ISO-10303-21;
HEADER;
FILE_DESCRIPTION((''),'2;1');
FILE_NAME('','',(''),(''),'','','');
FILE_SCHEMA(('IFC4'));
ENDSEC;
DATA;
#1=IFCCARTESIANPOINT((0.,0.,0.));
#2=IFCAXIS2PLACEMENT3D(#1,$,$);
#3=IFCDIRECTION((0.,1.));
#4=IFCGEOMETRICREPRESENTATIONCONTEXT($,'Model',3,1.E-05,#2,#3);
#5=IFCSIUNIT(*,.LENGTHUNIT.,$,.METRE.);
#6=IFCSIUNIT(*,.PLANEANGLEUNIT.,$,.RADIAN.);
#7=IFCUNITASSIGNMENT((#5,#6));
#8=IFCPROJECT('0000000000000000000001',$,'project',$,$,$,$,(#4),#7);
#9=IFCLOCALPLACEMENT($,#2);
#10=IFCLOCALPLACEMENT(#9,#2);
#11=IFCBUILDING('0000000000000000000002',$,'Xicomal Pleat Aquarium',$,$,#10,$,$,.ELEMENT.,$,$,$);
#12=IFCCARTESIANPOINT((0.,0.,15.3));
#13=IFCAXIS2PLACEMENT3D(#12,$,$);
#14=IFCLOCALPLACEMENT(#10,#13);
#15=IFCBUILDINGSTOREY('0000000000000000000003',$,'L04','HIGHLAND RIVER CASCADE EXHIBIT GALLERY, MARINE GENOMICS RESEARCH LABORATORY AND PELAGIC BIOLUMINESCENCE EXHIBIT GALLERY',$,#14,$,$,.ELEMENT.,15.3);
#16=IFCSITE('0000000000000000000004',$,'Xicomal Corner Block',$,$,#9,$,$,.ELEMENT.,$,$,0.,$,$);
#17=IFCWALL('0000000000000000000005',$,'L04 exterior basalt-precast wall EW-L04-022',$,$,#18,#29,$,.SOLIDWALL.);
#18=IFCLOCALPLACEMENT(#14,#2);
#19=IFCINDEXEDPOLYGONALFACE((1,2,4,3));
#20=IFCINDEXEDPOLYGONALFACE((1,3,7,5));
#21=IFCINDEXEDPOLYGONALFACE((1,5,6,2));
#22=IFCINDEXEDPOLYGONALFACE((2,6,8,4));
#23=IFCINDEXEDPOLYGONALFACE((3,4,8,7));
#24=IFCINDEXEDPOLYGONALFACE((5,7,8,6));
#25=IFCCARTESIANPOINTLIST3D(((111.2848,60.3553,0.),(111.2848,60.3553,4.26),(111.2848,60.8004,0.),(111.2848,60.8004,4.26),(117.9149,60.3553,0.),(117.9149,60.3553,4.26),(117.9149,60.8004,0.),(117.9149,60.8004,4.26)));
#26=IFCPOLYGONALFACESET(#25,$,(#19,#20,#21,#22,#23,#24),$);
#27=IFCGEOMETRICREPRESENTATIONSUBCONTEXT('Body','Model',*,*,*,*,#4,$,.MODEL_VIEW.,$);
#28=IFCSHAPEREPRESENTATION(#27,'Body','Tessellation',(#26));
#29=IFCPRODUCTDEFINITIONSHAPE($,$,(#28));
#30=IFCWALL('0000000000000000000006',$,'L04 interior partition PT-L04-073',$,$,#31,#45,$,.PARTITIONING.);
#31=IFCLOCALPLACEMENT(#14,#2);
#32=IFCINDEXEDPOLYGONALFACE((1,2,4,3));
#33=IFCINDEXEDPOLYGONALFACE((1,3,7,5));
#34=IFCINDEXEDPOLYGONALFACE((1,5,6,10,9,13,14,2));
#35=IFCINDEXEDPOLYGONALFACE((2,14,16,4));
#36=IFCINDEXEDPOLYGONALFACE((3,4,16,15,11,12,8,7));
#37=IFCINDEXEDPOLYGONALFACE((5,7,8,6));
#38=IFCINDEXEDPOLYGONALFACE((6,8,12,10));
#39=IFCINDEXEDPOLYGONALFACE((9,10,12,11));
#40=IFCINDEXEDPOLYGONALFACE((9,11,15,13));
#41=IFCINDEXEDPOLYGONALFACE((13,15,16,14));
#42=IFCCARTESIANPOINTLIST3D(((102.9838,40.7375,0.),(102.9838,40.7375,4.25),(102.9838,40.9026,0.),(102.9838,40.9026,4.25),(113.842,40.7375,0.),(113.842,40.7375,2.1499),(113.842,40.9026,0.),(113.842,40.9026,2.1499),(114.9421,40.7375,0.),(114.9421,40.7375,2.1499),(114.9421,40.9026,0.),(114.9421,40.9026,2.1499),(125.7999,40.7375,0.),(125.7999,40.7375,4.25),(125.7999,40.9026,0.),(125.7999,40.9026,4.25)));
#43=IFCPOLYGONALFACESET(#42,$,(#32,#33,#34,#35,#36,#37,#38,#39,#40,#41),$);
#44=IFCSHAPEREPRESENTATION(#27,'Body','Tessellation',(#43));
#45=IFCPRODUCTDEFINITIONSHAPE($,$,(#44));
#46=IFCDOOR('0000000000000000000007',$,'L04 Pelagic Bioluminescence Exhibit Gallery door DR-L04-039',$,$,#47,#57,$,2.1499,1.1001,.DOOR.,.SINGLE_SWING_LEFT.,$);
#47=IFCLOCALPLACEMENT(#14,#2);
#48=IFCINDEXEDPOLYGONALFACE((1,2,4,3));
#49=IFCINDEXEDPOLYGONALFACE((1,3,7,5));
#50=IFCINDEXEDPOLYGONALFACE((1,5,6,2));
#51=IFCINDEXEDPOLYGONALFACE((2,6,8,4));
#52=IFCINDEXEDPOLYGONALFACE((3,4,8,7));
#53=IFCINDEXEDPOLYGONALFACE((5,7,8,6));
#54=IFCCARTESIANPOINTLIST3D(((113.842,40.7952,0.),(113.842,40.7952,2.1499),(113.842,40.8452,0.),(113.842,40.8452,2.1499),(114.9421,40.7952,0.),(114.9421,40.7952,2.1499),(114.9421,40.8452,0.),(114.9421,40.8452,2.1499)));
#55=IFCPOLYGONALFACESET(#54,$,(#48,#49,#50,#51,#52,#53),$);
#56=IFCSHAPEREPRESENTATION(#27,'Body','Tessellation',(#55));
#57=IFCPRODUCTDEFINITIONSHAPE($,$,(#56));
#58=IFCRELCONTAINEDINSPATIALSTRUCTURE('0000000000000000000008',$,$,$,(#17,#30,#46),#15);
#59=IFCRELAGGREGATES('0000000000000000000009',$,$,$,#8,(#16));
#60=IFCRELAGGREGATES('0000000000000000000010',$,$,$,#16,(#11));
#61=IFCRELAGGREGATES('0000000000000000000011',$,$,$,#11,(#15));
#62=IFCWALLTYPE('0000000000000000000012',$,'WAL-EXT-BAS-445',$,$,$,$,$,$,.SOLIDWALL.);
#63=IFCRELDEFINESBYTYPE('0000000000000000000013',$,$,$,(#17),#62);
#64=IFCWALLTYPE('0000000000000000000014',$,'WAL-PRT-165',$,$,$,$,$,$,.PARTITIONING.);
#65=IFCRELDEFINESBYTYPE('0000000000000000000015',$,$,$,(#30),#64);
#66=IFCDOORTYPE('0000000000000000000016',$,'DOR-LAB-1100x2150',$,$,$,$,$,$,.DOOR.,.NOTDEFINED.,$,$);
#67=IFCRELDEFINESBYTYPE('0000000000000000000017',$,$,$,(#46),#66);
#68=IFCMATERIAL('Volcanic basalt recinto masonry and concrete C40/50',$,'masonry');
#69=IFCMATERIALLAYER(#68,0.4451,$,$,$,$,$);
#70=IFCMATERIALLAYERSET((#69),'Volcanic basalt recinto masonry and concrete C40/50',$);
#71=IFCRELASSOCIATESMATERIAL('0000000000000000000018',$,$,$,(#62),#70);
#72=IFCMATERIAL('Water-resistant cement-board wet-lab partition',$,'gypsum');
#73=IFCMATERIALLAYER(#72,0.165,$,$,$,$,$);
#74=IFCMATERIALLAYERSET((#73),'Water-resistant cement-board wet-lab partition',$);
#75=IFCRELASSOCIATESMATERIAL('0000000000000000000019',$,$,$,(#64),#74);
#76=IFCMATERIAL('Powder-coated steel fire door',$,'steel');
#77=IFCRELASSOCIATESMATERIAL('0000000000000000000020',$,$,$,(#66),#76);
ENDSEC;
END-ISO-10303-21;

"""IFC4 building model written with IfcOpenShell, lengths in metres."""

from ifc_helpers import new_model, si_unit, direction, frame, frame_2d, origin, place, context, subcontext, project, spatial, rectangle, extrude, material, layer, layer_set, type_object, element, fill, save


model = new_model("IFC4")

# Units and contexts
model_context = context("Model", 3, precision=1e-05, world=origin(), true_north=direction((0.0, 1.0)))
body_context = subcontext(model_context, "Body", "Model", "MODEL_VIEW")
ifc_project = project(units=[si_unit("LENGTHUNIT", "METRE"), si_unit("PLANEANGLEUNIT", "RADIAN")], contexts=[model_context])

# Site, building, storey
site_placement = place(None, origin())
site = spatial("IfcSite", under=ifc_project, at=site_placement, Name="Xicomal Corner Block", CompositionType="ELEMENT", RefElevation=0.0)
building_placement = place(site_placement, origin())
building = spatial("IfcBuilding", under=site, at=building_placement, Name="Xicomal Pleat Aquarium", CompositionType="ELEMENT")
storey_placement = place(building_placement, frame((0.0, 0.0, 15.3)))
storey = spatial("IfcBuildingStorey", under=building, at=storey_placement, Name="L04", Description="HIGHLAND RIVER CASCADE EXHIBIT GALLERY, MARINE GENOMICS RESEARCH LABORATORY AND PELAGIC BIOLUMINESCENCE EXHIBIT GALLERY", CompositionType="ELEMENT", Elevation=15.3)

# Wall
ifc_material_1 = material(Name="Volcanic basalt recinto masonry and concrete C40/50", Category="masonry")
ifc_layer_1 = layer(ifc_material_1, 0.4451)
ifc_layer_set_1 = layer_set([ifc_layer_1], Name="Volcanic basalt recinto masonry and concrete C40/50")
wall_type_1 = type_object("IfcWallType", Name="WAL-EXT-BAS-445", PredefinedType="SOLIDWALL", material=ifc_layer_set_1)
wall_1_placement = place(storey_placement, frame((111.2849, 60.5779, 0.0), z_axis=(0.0, 0.0, 1.0), x_axis=(1.0, 0.0, 0.0)))
element("IfcWall", 1, at=wall_1_placement, inside=storey, type_object=wall_type_1, Name="L04 exterior basalt-precast wall EW-L04-022", PredefinedType="SOLIDWALL", context=body_context, shape_type="SweptSolid", body=[
    extrude(rectangle(XDim=6.6301, YDim=0.4451, at=frame_2d((3.3149, 0.0))), origin(), (0.0, 0.0, 1.0), 4.26),
])

# Wall, opening, door
ifc_material_2 = material(Name="Water-resistant cement-board wet-lab partition", Category="gypsum")
ifc_layer_2 = layer(ifc_material_2, 0.165)
ifc_layer_set_2 = layer_set([ifc_layer_2], Name="Water-resistant cement-board wet-lab partition")
wall_type_2 = type_object("IfcWallType", Name="WAL-PRT-165", PredefinedType="PARTITIONING", material=ifc_layer_set_2)
wall_2_placement = place(storey_placement, frame((125.8, 40.8201, 0.0), z_axis=(0.0, 0.0, 1.0), x_axis=(-1.0, 0.0, 0.0)))
wall_2 = element("IfcWall", 2, at=wall_2_placement, inside=storey, type_object=wall_type_2, Name="L04 interior partition PT-L04-073", PredefinedType="PARTITIONING", context=body_context, shape_type="SweptSolid", body=[
    extrude(rectangle(XDim=22.8162, YDim=0.165, at=frame_2d((11.4082, 0.0))), origin(), (0.0, 0.0, 1.0), 4.25),
])
opening_1_placement = place(wall_2_placement, frame((10.8579, 0.0, 0.0)))
opening_1 = element("IfcOpeningElement", 3, at=opening_1_placement, cuts=wall_2, PredefinedType="OPENING", context=body_context, shape_type="SweptSolid", body=[
    extrude(rectangle(XDim=1.1001, YDim=2.1499, at=frame_2d((0.55, 1.075))), frame((0.0, 0.0925, 0.0), z_axis=(0.0, -1.0, 0.0), x_axis=(1.0, 0.0, 0.0)), (0.0, 0.0, 1.0), 0.1851),
])
ifc_material_3 = material(Name="Powder-coated steel fire door", Category="steel")
door_type = type_object("IfcDoorType", Name="DOR-LAB-1100x2150", OperationType="NOTDEFINED", PredefinedType="DOOR", material=ifc_material_3)
door_placement = place(opening_1_placement, origin())
door = element("IfcDoor", 4, at=door_placement, inside=storey, type_object=door_type, Name="L04 Pelagic Bioluminescence Exhibit Gallery door DR-L04-039", OperationType="SINGLE_SWING_LEFT", OverallHeight=2.1499, OverallWidth=1.1001, PredefinedType="DOOR", context=body_context, shape_type="SweptSolid", body=[
    extrude(rectangle(XDim=1.1001, YDim=2.1499, at=frame_2d((0.55, 1.075))), frame((0.0, 0.0249, 0.0), z_axis=(0.0, -1.0, 0.0), x_axis=(1.0, 0.0, 0.0)), (0.0, 0.0, 1.0), 0.05),
])
fill(opening_1, door)

save(model, "model.ifc")
